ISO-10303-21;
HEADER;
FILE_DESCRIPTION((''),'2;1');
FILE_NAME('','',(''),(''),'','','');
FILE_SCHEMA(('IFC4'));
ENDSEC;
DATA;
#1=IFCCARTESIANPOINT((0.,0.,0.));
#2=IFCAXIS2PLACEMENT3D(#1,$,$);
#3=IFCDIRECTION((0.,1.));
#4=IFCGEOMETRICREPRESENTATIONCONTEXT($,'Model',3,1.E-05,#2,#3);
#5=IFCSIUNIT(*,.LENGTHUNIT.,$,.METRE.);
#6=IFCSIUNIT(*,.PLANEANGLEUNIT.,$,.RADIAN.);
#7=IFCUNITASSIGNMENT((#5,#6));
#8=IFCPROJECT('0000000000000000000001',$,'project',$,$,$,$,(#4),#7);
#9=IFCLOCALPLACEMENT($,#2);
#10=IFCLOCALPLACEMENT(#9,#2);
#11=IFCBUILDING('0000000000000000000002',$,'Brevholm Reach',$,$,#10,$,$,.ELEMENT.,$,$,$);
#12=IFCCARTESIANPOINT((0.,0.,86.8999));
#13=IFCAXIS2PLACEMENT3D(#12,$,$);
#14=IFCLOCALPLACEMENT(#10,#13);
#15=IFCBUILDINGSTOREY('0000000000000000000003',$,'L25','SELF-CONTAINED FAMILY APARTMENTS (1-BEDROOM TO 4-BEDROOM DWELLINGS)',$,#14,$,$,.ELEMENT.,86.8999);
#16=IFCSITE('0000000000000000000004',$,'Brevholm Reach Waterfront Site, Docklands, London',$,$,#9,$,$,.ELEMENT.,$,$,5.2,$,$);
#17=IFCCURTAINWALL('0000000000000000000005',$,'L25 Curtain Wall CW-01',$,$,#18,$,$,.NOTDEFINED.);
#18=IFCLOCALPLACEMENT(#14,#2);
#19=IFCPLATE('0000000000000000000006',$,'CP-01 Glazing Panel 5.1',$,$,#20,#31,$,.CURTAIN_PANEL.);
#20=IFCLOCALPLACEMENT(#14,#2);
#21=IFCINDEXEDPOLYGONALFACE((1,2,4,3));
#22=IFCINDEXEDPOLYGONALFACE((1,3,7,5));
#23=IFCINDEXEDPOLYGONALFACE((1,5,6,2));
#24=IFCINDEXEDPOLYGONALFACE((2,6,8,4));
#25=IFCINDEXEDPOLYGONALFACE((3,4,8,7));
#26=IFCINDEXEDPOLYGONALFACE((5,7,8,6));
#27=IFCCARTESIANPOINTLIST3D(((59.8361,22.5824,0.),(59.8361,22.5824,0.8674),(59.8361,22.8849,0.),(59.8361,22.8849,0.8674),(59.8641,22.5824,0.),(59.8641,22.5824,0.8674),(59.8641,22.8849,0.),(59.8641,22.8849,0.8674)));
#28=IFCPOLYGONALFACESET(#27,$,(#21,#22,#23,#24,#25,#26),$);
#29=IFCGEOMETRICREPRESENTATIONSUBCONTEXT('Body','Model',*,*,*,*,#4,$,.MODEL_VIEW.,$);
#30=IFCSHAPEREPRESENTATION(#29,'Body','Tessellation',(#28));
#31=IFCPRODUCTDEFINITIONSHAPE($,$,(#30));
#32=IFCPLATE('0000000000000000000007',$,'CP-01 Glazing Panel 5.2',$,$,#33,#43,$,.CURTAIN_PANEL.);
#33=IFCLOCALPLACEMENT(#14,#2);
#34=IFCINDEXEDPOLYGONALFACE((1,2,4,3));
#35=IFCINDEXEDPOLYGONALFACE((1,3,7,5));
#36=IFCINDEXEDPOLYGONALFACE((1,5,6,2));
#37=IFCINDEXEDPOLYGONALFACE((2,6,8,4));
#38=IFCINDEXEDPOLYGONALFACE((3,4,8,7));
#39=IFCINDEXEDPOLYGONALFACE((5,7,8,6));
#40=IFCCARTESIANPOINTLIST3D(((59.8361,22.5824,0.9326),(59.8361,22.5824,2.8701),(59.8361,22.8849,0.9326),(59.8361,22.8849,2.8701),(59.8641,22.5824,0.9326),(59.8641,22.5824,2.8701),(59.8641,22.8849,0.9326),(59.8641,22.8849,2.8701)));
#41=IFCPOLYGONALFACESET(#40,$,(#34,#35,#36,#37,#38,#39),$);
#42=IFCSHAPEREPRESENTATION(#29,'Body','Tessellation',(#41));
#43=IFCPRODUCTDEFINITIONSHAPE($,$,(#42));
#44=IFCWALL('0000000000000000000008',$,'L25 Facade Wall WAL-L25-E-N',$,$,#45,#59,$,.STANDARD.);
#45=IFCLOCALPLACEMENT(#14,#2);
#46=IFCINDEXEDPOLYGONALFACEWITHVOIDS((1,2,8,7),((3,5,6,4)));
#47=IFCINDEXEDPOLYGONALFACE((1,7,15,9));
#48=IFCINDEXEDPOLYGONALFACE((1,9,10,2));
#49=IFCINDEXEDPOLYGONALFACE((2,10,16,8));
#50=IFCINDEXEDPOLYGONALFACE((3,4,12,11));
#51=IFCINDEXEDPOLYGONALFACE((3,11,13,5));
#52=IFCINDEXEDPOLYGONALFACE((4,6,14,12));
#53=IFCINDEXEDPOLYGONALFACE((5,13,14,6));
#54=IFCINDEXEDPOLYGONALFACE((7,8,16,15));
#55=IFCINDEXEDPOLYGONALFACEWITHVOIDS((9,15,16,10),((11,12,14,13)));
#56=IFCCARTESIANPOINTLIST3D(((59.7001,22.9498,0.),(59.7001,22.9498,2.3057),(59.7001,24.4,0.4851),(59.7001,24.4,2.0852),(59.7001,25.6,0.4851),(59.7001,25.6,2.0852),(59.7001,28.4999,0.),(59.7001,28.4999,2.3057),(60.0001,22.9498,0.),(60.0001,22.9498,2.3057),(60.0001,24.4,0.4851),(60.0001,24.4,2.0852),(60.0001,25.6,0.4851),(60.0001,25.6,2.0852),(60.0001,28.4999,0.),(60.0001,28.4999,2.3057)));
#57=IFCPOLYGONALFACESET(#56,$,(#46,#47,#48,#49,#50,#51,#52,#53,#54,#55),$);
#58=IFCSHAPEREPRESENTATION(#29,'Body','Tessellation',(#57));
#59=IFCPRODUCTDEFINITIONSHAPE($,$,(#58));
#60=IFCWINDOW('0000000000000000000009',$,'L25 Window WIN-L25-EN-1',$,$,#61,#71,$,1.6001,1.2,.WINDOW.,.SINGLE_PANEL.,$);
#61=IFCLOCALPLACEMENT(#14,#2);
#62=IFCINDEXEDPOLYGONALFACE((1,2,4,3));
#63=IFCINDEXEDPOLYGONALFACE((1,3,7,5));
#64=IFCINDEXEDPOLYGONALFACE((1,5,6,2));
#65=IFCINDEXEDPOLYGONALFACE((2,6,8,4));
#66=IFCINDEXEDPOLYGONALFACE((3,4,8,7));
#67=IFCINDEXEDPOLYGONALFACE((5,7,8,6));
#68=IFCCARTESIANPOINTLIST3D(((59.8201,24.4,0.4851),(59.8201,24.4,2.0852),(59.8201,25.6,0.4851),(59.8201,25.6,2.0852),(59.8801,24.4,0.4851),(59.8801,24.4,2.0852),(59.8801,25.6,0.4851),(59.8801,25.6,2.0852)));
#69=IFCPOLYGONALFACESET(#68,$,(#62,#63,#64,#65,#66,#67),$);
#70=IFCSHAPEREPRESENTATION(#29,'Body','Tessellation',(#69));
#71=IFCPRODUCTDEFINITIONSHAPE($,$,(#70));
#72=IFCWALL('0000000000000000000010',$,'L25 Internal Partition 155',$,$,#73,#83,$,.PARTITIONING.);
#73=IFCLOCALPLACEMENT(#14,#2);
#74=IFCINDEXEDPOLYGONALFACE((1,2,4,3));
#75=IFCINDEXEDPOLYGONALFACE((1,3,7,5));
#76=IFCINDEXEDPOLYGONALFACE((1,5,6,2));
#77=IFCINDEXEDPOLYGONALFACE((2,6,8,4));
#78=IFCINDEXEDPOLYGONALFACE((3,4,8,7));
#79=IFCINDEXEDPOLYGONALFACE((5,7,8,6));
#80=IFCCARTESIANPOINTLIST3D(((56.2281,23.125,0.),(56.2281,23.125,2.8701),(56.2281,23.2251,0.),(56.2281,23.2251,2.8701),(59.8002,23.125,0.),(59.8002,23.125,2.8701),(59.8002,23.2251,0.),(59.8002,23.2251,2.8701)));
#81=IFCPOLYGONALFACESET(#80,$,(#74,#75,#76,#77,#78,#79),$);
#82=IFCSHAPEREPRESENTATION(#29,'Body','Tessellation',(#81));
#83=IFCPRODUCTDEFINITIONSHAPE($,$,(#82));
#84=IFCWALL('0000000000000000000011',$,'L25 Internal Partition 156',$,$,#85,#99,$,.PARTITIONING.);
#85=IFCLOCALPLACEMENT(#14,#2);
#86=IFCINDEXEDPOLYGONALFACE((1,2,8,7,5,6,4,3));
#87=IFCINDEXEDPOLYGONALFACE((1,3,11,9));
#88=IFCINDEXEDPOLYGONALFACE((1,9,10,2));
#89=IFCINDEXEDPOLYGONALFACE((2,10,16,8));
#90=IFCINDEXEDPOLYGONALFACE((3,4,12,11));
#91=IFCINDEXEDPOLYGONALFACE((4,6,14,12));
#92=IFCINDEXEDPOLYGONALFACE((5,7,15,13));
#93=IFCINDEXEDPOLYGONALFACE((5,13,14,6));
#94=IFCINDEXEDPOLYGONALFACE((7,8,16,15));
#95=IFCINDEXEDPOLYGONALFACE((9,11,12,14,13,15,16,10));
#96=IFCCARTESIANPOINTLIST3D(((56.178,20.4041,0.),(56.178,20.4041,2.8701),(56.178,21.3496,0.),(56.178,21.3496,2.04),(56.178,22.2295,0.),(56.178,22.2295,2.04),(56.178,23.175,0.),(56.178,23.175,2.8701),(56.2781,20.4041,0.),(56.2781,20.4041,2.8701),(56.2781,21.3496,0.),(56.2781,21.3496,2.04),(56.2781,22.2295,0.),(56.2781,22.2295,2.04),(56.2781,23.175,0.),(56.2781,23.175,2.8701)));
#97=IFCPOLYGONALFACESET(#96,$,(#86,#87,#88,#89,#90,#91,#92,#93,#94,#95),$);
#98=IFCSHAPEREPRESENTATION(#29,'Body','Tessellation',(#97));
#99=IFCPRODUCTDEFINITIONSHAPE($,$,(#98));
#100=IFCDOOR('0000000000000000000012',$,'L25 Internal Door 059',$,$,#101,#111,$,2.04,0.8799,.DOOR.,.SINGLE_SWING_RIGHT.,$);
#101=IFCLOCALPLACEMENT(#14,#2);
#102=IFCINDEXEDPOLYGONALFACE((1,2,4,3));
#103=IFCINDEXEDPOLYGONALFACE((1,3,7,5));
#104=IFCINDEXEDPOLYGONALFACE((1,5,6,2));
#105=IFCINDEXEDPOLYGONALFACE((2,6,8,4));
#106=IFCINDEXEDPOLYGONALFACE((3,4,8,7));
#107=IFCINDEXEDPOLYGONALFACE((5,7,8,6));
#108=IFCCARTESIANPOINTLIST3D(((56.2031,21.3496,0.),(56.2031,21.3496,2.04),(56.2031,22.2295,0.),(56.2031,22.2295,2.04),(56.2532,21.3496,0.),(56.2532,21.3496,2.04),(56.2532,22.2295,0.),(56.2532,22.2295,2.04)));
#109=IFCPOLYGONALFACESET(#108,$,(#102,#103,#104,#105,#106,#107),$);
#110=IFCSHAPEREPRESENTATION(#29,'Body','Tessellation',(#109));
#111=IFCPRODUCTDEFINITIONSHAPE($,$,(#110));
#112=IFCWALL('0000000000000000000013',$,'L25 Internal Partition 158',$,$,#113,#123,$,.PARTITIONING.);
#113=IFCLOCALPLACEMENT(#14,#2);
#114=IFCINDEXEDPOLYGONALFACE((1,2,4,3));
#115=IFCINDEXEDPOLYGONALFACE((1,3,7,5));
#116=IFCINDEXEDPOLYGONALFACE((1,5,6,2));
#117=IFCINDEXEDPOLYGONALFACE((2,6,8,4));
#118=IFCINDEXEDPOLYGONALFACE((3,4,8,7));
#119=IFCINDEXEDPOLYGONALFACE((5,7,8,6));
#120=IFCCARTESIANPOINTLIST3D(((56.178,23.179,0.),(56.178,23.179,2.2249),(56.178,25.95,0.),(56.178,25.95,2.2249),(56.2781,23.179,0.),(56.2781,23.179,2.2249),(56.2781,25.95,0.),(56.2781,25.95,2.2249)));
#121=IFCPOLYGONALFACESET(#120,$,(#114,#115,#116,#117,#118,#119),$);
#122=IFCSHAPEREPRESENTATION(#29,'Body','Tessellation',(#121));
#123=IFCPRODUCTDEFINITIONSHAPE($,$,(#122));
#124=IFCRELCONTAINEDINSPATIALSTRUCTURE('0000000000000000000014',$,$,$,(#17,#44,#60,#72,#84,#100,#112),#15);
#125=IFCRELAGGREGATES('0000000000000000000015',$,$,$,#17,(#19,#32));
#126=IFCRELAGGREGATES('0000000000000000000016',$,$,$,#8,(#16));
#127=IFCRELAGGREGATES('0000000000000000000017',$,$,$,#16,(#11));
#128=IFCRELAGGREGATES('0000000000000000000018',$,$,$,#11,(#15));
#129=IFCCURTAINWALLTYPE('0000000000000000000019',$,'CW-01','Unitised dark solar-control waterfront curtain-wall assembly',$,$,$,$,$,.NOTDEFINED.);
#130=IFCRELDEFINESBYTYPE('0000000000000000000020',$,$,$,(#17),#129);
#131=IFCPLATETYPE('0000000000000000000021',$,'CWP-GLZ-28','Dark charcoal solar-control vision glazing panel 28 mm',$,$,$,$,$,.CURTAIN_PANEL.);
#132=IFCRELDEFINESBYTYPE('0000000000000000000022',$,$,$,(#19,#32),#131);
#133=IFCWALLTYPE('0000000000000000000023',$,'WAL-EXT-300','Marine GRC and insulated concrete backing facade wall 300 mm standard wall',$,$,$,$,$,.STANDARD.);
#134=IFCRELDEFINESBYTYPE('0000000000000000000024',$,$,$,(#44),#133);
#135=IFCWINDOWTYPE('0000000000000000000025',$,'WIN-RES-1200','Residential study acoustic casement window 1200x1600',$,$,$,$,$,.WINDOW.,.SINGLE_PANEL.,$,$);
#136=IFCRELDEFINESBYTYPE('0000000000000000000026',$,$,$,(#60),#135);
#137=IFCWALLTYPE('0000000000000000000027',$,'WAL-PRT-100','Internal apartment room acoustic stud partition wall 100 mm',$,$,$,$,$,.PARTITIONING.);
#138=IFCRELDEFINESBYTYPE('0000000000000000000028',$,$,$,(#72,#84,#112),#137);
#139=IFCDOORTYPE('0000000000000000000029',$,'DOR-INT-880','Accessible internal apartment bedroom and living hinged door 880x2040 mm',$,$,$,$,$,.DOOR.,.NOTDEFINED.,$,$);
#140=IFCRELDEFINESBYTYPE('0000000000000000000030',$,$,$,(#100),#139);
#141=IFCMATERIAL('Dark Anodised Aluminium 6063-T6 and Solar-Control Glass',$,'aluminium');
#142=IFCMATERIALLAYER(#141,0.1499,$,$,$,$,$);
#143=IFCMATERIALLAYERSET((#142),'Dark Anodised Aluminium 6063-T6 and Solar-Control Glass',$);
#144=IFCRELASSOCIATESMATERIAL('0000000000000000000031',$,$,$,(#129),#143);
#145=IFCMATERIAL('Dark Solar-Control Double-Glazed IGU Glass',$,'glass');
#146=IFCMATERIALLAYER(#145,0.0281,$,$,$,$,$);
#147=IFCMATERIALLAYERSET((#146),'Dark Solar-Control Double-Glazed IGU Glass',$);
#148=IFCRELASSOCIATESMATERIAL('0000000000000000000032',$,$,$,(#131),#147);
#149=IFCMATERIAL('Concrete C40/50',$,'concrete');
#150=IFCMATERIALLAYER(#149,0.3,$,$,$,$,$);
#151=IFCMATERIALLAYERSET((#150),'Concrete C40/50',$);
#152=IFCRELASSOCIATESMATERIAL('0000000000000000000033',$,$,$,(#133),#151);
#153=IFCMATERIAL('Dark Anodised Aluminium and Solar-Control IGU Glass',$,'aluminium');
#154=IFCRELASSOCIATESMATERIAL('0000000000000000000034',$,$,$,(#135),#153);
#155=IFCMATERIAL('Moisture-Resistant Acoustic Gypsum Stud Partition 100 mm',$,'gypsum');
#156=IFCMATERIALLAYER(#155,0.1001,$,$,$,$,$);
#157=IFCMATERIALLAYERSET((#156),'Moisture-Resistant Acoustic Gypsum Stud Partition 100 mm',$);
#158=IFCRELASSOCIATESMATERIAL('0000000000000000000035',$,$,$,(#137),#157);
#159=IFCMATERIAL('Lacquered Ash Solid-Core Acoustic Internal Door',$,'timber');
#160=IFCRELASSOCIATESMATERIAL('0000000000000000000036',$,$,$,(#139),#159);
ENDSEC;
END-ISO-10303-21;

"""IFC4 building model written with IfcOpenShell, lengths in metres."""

from ifc_helpers import new_model, si_unit, direction, frame, frame_2d, origin, origin_2d, place, context, subcontext, project, spatial, rectangle, extrude, material, layer, layer_set, type_object, element, fill, aggregate, save


model = new_model("IFC4")

# Units and contexts
model_context = context("Model", 3, precision=1e-05, world=origin(), true_north=direction((0.0, 1.0)))
body_context = subcontext(model_context, "Body", "Model", "MODEL_VIEW")
ifc_project = project(units=[si_unit("LENGTHUNIT", "METRE"), si_unit("PLANEANGLEUNIT", "RADIAN")], contexts=[model_context])

# Site, building, storey
site_placement = place(None, origin())
site = spatial("IfcSite", under=ifc_project, at=site_placement, Name="Brevholm Reach Waterfront Site, Docklands, London", CompositionType="ELEMENT", RefElevation=5.2)
building_placement = place(site_placement, origin())
building = spatial("IfcBuilding", under=site, at=building_placement, Name="Brevholm Reach", CompositionType="ELEMENT")
storey_placement = place(building_placement, frame((0.0, 0.0, 86.8999)))
storey = spatial("IfcBuildingStorey", under=building, at=storey_placement, Name="L25", Description="SELF-CONTAINED FAMILY APARTMENTS (1-BEDROOM TO 4-BEDROOM DWELLINGS)", CompositionType="ELEMENT", Elevation=86.8999)

# Curtain wall, plates
ifc_material_1 = material(Name="Dark Anodised Aluminium 6063-T6 and Solar-Control Glass", Category="aluminium")
ifc_layer_1 = layer(ifc_material_1, 0.1499)
ifc_layer_set_1 = layer_set([ifc_layer_1], Name="Dark Anodised Aluminium 6063-T6 and Solar-Control Glass")
curtain_wall_type = type_object("IfcCurtainWallType", Name="CW-01", Description="Unitised dark solar-control waterfront curtain-wall assembly", PredefinedType="NOTDEFINED", material=ifc_layer_set_1)
curtain_wall_placement = place(storey_placement, origin())
curtain_wall = element("IfcCurtainWall", 1, at=curtain_wall_placement, inside=storey, type_object=curtain_wall_type, Name="L25 Curtain Wall CW-01", PredefinedType="NOTDEFINED")
ifc_material_2 = material(Name="Dark Solar-Control Double-Glazed IGU Glass", Category="glass")
ifc_layer_2 = layer(ifc_material_2, 0.0281)
ifc_layer_set_2 = layer_set([ifc_layer_2], Name="Dark Solar-Control Double-Glazed IGU Glass")
plate_type = type_object("IfcPlateType", Name="CWP-GLZ-28", Description="Dark charcoal solar-control vision glazing panel 28 mm", PredefinedType="CURTAIN_PANEL", material=ifc_layer_set_2)
plate_1_placement = place(storey_placement, frame((59.8501, 22.7336, 0.0), z_axis=(0.0, 0.0, 1.0), x_axis=(0.0, 1.0, 0.0)))
plate_1 = element("IfcPlate", 2, at=plate_1_placement, type_object=plate_type, Name="CP-01 Glazing Panel 5.1", PredefinedType="CURTAIN_PANEL", context=body_context, shape_type="SweptSolid", body=[
    extrude(rectangle(XDim=0.3025, YDim=0.0281, at=origin_2d()), origin(), (0.0, 0.0, 1.0), 0.8674),
])
plate_2_placement = place(storey_placement, frame((59.8501, 22.7336, 0.9326), z_axis=(0.0, 0.0, 1.0), x_axis=(0.0, 1.0, 0.0)))
plate_2 = element("IfcPlate", 3, at=plate_2_placement, type_object=plate_type, Name="CP-01 Glazing Panel 5.2", PredefinedType="CURTAIN_PANEL", context=body_context, shape_type="SweptSolid", body=[
    extrude(rectangle(XDim=0.3025, YDim=0.0281, at=origin_2d()), origin(), (0.0, 0.0, 1.0), 1.9375),
])
aggregate(curtain_wall, [plate_1, plate_2])

# Wall, opening, window
ifc_material_3 = material(Name="Concrete C40/50", Category="concrete")
ifc_layer_3 = layer(ifc_material_3, 0.3)
ifc_layer_set_3 = layer_set([ifc_layer_3], Name="Concrete C40/50")
wall_type_1 = type_object("IfcWallType", Name="WAL-EXT-300", Description="Marine GRC and insulated concrete backing facade wall 300 mm standard wall", PredefinedType="STANDARD", material=ifc_layer_set_3)
wall_1_placement = place(storey_placement, frame((59.8501, 22.95, 0.0), z_axis=(0.0, 0.0, 1.0), x_axis=(0.0, 1.0, 0.0)))
wall_1 = element("IfcWall", 4, at=wall_1_placement, inside=storey, type_object=wall_type_1, Name="L25 Facade Wall WAL-L25-E-N", PredefinedType="STANDARD", context=body_context, shape_type="SweptSolid", body=[
    extrude(rectangle(XDim=5.55, YDim=0.3, at=frame_2d((2.7749, 0.0))), origin(), (0.0, 0.0, 1.0), 2.3057),
])
opening_1_placement = place(wall_1_placement, frame((1.45, 0.0, 0.4851)))
opening_1 = element("IfcOpeningElement", 5, at=opening_1_placement, cuts=wall_1, PredefinedType="OPENING", context=body_context, shape_type="SweptSolid", body=[
    extrude(rectangle(XDim=1.2, YDim=1.6001, at=frame_2d((0.6001, 0.8))), frame((0.0, 0.1599, 0.0), z_axis=(0.0, -1.0, 0.0), x_axis=(1.0, 0.0, 0.0)), (0.0, 0.0, 1.0), 0.3201),
])
ifc_material_4 = material(Name="Dark Anodised Aluminium and Solar-Control IGU Glass", Category="aluminium")
window_type = type_object("IfcWindowType", Name="WIN-RES-1200", Description="Residential study acoustic casement window 1200x1600", PartitioningType="SINGLE_PANEL", PredefinedType="WINDOW", material=ifc_material_4)
window_placement = place(opening_1_placement, origin())
window = element("IfcWindow", 6, at=window_placement, inside=storey, type_object=window_type, Name="L25 Window WIN-L25-EN-1", OverallHeight=1.6001, OverallWidth=1.2, PartitioningType="SINGLE_PANEL", PredefinedType="WINDOW", context=body_context, shape_type="SweptSolid", body=[
    extrude(rectangle(XDim=1.2, YDim=1.6001, at=frame_2d((0.6001, 0.8))), frame((0.0, 0.03, 0.0), z_axis=(0.0, -1.0, 0.0), x_axis=(1.0, 0.0, 0.0)), (0.0, 0.0, 1.0), 0.0601),
])
fill(opening_1, window)

# Wall
ifc_material_5 = material(Name="Moisture-Resistant Acoustic Gypsum Stud Partition 100 mm", Category="gypsum")
ifc_layer_4 = layer(ifc_material_5, 0.1001)
ifc_layer_set_4 = layer_set([ifc_layer_4], Name="Moisture-Resistant Acoustic Gypsum Stud Partition 100 mm")
wall_type_2 = type_object("IfcWallType", Name="WAL-PRT-100", Description="Internal apartment room acoustic stud partition wall 100 mm", PredefinedType="PARTITIONING", material=ifc_layer_set_4)
wall_2_placement = place(storey_placement, frame((56.228, 23.175, 0.0), z_axis=(0.0, 0.0, 1.0), x_axis=(1.0, 0.0, 0.0)))
element("IfcWall", 7, at=wall_2_placement, inside=storey, type_object=wall_type_2, Name="L25 Internal Partition 155", PredefinedType="PARTITIONING", context=body_context, shape_type="SweptSolid", body=[
    extrude(rectangle(XDim=3.572, YDim=0.1001, at=frame_2d((1.7861, 0.0))), origin(), (0.0, 0.0, 1.0), 2.8701),
])

# Wall, opening, door
wall_3_placement = place(storey_placement, frame((56.228, 20.4041, 0.0), z_axis=(0.0, 0.0, 1.0), x_axis=(0.0, 1.0, 0.0)))
wall_3 = element("IfcWall", 8, at=wall_3_placement, inside=storey, type_object=wall_type_2, Name="L25 Internal Partition 156", PredefinedType="PARTITIONING", context=body_context, shape_type="SweptSolid", body=[
    extrude(rectangle(XDim=2.771, YDim=0.1001, at=frame_2d((1.3855, 0.0))), origin(), (0.0, 0.0, 1.0), 2.8701),
])
opening_2_placement = place(wall_3_placement, frame((0.9456, 0.0, 0.0)))
opening_2 = element("IfcOpeningElement", 9, at=opening_2_placement, cuts=wall_3, PredefinedType="OPENING", context=body_context, shape_type="SweptSolid", body=[
    extrude(rectangle(XDim=0.8799, YDim=2.04, at=frame_2d((0.4399, 1.02))), frame((0.0, 0.0601, 0.0), z_axis=(0.0, -1.0, 0.0), x_axis=(1.0, 0.0, 0.0)), (0.0, 0.0, 1.0), 0.1201),
])
ifc_material_6 = material(Name="Lacquered Ash Solid-Core Acoustic Internal Door", Category="timber")
door_type = type_object("IfcDoorType", Name="DOR-INT-880", Description="Accessible internal apartment bedroom and living hinged door 880x2040 mm", OperationType="NOTDEFINED", PredefinedType="DOOR", material=ifc_material_6)
door_placement = place(opening_2_placement, origin())
door = element("IfcDoor", 10, at=door_placement, inside=storey, type_object=door_type, Name="L25 Internal Door 059", OperationType="SINGLE_SWING_RIGHT", OverallHeight=2.04, OverallWidth=0.8799, PredefinedType="DOOR", context=body_context, shape_type="SweptSolid", body=[
    extrude(rectangle(XDim=0.8799, YDim=2.04, at=frame_2d((0.4399, 1.02))), frame((0.0, 0.0249, 0.0), z_axis=(0.0, -1.0, 0.0), x_axis=(1.0, 0.0, 0.0)), (0.0, 0.0, 1.0), 0.05),
])
fill(opening_2, door)

# Wall
wall_4_placement = place(storey_placement, frame((56.228, 23.179, 0.0), z_axis=(0.0, 0.0, 1.0), x_axis=(0.0, 1.0, 0.0)))
element("IfcWall", 11, at=wall_4_placement, inside=storey, type_object=wall_type_2, Name="L25 Internal Partition 158", PredefinedType="PARTITIONING", context=body_context, shape_type="SweptSolid", body=[
    extrude(rectangle(XDim=2.771, YDim=0.1001, at=frame_2d((1.3855, 0.0))), origin(), (0.0, 0.0, 1.0), 2.2249),
])

save(model, "model.ifc")
